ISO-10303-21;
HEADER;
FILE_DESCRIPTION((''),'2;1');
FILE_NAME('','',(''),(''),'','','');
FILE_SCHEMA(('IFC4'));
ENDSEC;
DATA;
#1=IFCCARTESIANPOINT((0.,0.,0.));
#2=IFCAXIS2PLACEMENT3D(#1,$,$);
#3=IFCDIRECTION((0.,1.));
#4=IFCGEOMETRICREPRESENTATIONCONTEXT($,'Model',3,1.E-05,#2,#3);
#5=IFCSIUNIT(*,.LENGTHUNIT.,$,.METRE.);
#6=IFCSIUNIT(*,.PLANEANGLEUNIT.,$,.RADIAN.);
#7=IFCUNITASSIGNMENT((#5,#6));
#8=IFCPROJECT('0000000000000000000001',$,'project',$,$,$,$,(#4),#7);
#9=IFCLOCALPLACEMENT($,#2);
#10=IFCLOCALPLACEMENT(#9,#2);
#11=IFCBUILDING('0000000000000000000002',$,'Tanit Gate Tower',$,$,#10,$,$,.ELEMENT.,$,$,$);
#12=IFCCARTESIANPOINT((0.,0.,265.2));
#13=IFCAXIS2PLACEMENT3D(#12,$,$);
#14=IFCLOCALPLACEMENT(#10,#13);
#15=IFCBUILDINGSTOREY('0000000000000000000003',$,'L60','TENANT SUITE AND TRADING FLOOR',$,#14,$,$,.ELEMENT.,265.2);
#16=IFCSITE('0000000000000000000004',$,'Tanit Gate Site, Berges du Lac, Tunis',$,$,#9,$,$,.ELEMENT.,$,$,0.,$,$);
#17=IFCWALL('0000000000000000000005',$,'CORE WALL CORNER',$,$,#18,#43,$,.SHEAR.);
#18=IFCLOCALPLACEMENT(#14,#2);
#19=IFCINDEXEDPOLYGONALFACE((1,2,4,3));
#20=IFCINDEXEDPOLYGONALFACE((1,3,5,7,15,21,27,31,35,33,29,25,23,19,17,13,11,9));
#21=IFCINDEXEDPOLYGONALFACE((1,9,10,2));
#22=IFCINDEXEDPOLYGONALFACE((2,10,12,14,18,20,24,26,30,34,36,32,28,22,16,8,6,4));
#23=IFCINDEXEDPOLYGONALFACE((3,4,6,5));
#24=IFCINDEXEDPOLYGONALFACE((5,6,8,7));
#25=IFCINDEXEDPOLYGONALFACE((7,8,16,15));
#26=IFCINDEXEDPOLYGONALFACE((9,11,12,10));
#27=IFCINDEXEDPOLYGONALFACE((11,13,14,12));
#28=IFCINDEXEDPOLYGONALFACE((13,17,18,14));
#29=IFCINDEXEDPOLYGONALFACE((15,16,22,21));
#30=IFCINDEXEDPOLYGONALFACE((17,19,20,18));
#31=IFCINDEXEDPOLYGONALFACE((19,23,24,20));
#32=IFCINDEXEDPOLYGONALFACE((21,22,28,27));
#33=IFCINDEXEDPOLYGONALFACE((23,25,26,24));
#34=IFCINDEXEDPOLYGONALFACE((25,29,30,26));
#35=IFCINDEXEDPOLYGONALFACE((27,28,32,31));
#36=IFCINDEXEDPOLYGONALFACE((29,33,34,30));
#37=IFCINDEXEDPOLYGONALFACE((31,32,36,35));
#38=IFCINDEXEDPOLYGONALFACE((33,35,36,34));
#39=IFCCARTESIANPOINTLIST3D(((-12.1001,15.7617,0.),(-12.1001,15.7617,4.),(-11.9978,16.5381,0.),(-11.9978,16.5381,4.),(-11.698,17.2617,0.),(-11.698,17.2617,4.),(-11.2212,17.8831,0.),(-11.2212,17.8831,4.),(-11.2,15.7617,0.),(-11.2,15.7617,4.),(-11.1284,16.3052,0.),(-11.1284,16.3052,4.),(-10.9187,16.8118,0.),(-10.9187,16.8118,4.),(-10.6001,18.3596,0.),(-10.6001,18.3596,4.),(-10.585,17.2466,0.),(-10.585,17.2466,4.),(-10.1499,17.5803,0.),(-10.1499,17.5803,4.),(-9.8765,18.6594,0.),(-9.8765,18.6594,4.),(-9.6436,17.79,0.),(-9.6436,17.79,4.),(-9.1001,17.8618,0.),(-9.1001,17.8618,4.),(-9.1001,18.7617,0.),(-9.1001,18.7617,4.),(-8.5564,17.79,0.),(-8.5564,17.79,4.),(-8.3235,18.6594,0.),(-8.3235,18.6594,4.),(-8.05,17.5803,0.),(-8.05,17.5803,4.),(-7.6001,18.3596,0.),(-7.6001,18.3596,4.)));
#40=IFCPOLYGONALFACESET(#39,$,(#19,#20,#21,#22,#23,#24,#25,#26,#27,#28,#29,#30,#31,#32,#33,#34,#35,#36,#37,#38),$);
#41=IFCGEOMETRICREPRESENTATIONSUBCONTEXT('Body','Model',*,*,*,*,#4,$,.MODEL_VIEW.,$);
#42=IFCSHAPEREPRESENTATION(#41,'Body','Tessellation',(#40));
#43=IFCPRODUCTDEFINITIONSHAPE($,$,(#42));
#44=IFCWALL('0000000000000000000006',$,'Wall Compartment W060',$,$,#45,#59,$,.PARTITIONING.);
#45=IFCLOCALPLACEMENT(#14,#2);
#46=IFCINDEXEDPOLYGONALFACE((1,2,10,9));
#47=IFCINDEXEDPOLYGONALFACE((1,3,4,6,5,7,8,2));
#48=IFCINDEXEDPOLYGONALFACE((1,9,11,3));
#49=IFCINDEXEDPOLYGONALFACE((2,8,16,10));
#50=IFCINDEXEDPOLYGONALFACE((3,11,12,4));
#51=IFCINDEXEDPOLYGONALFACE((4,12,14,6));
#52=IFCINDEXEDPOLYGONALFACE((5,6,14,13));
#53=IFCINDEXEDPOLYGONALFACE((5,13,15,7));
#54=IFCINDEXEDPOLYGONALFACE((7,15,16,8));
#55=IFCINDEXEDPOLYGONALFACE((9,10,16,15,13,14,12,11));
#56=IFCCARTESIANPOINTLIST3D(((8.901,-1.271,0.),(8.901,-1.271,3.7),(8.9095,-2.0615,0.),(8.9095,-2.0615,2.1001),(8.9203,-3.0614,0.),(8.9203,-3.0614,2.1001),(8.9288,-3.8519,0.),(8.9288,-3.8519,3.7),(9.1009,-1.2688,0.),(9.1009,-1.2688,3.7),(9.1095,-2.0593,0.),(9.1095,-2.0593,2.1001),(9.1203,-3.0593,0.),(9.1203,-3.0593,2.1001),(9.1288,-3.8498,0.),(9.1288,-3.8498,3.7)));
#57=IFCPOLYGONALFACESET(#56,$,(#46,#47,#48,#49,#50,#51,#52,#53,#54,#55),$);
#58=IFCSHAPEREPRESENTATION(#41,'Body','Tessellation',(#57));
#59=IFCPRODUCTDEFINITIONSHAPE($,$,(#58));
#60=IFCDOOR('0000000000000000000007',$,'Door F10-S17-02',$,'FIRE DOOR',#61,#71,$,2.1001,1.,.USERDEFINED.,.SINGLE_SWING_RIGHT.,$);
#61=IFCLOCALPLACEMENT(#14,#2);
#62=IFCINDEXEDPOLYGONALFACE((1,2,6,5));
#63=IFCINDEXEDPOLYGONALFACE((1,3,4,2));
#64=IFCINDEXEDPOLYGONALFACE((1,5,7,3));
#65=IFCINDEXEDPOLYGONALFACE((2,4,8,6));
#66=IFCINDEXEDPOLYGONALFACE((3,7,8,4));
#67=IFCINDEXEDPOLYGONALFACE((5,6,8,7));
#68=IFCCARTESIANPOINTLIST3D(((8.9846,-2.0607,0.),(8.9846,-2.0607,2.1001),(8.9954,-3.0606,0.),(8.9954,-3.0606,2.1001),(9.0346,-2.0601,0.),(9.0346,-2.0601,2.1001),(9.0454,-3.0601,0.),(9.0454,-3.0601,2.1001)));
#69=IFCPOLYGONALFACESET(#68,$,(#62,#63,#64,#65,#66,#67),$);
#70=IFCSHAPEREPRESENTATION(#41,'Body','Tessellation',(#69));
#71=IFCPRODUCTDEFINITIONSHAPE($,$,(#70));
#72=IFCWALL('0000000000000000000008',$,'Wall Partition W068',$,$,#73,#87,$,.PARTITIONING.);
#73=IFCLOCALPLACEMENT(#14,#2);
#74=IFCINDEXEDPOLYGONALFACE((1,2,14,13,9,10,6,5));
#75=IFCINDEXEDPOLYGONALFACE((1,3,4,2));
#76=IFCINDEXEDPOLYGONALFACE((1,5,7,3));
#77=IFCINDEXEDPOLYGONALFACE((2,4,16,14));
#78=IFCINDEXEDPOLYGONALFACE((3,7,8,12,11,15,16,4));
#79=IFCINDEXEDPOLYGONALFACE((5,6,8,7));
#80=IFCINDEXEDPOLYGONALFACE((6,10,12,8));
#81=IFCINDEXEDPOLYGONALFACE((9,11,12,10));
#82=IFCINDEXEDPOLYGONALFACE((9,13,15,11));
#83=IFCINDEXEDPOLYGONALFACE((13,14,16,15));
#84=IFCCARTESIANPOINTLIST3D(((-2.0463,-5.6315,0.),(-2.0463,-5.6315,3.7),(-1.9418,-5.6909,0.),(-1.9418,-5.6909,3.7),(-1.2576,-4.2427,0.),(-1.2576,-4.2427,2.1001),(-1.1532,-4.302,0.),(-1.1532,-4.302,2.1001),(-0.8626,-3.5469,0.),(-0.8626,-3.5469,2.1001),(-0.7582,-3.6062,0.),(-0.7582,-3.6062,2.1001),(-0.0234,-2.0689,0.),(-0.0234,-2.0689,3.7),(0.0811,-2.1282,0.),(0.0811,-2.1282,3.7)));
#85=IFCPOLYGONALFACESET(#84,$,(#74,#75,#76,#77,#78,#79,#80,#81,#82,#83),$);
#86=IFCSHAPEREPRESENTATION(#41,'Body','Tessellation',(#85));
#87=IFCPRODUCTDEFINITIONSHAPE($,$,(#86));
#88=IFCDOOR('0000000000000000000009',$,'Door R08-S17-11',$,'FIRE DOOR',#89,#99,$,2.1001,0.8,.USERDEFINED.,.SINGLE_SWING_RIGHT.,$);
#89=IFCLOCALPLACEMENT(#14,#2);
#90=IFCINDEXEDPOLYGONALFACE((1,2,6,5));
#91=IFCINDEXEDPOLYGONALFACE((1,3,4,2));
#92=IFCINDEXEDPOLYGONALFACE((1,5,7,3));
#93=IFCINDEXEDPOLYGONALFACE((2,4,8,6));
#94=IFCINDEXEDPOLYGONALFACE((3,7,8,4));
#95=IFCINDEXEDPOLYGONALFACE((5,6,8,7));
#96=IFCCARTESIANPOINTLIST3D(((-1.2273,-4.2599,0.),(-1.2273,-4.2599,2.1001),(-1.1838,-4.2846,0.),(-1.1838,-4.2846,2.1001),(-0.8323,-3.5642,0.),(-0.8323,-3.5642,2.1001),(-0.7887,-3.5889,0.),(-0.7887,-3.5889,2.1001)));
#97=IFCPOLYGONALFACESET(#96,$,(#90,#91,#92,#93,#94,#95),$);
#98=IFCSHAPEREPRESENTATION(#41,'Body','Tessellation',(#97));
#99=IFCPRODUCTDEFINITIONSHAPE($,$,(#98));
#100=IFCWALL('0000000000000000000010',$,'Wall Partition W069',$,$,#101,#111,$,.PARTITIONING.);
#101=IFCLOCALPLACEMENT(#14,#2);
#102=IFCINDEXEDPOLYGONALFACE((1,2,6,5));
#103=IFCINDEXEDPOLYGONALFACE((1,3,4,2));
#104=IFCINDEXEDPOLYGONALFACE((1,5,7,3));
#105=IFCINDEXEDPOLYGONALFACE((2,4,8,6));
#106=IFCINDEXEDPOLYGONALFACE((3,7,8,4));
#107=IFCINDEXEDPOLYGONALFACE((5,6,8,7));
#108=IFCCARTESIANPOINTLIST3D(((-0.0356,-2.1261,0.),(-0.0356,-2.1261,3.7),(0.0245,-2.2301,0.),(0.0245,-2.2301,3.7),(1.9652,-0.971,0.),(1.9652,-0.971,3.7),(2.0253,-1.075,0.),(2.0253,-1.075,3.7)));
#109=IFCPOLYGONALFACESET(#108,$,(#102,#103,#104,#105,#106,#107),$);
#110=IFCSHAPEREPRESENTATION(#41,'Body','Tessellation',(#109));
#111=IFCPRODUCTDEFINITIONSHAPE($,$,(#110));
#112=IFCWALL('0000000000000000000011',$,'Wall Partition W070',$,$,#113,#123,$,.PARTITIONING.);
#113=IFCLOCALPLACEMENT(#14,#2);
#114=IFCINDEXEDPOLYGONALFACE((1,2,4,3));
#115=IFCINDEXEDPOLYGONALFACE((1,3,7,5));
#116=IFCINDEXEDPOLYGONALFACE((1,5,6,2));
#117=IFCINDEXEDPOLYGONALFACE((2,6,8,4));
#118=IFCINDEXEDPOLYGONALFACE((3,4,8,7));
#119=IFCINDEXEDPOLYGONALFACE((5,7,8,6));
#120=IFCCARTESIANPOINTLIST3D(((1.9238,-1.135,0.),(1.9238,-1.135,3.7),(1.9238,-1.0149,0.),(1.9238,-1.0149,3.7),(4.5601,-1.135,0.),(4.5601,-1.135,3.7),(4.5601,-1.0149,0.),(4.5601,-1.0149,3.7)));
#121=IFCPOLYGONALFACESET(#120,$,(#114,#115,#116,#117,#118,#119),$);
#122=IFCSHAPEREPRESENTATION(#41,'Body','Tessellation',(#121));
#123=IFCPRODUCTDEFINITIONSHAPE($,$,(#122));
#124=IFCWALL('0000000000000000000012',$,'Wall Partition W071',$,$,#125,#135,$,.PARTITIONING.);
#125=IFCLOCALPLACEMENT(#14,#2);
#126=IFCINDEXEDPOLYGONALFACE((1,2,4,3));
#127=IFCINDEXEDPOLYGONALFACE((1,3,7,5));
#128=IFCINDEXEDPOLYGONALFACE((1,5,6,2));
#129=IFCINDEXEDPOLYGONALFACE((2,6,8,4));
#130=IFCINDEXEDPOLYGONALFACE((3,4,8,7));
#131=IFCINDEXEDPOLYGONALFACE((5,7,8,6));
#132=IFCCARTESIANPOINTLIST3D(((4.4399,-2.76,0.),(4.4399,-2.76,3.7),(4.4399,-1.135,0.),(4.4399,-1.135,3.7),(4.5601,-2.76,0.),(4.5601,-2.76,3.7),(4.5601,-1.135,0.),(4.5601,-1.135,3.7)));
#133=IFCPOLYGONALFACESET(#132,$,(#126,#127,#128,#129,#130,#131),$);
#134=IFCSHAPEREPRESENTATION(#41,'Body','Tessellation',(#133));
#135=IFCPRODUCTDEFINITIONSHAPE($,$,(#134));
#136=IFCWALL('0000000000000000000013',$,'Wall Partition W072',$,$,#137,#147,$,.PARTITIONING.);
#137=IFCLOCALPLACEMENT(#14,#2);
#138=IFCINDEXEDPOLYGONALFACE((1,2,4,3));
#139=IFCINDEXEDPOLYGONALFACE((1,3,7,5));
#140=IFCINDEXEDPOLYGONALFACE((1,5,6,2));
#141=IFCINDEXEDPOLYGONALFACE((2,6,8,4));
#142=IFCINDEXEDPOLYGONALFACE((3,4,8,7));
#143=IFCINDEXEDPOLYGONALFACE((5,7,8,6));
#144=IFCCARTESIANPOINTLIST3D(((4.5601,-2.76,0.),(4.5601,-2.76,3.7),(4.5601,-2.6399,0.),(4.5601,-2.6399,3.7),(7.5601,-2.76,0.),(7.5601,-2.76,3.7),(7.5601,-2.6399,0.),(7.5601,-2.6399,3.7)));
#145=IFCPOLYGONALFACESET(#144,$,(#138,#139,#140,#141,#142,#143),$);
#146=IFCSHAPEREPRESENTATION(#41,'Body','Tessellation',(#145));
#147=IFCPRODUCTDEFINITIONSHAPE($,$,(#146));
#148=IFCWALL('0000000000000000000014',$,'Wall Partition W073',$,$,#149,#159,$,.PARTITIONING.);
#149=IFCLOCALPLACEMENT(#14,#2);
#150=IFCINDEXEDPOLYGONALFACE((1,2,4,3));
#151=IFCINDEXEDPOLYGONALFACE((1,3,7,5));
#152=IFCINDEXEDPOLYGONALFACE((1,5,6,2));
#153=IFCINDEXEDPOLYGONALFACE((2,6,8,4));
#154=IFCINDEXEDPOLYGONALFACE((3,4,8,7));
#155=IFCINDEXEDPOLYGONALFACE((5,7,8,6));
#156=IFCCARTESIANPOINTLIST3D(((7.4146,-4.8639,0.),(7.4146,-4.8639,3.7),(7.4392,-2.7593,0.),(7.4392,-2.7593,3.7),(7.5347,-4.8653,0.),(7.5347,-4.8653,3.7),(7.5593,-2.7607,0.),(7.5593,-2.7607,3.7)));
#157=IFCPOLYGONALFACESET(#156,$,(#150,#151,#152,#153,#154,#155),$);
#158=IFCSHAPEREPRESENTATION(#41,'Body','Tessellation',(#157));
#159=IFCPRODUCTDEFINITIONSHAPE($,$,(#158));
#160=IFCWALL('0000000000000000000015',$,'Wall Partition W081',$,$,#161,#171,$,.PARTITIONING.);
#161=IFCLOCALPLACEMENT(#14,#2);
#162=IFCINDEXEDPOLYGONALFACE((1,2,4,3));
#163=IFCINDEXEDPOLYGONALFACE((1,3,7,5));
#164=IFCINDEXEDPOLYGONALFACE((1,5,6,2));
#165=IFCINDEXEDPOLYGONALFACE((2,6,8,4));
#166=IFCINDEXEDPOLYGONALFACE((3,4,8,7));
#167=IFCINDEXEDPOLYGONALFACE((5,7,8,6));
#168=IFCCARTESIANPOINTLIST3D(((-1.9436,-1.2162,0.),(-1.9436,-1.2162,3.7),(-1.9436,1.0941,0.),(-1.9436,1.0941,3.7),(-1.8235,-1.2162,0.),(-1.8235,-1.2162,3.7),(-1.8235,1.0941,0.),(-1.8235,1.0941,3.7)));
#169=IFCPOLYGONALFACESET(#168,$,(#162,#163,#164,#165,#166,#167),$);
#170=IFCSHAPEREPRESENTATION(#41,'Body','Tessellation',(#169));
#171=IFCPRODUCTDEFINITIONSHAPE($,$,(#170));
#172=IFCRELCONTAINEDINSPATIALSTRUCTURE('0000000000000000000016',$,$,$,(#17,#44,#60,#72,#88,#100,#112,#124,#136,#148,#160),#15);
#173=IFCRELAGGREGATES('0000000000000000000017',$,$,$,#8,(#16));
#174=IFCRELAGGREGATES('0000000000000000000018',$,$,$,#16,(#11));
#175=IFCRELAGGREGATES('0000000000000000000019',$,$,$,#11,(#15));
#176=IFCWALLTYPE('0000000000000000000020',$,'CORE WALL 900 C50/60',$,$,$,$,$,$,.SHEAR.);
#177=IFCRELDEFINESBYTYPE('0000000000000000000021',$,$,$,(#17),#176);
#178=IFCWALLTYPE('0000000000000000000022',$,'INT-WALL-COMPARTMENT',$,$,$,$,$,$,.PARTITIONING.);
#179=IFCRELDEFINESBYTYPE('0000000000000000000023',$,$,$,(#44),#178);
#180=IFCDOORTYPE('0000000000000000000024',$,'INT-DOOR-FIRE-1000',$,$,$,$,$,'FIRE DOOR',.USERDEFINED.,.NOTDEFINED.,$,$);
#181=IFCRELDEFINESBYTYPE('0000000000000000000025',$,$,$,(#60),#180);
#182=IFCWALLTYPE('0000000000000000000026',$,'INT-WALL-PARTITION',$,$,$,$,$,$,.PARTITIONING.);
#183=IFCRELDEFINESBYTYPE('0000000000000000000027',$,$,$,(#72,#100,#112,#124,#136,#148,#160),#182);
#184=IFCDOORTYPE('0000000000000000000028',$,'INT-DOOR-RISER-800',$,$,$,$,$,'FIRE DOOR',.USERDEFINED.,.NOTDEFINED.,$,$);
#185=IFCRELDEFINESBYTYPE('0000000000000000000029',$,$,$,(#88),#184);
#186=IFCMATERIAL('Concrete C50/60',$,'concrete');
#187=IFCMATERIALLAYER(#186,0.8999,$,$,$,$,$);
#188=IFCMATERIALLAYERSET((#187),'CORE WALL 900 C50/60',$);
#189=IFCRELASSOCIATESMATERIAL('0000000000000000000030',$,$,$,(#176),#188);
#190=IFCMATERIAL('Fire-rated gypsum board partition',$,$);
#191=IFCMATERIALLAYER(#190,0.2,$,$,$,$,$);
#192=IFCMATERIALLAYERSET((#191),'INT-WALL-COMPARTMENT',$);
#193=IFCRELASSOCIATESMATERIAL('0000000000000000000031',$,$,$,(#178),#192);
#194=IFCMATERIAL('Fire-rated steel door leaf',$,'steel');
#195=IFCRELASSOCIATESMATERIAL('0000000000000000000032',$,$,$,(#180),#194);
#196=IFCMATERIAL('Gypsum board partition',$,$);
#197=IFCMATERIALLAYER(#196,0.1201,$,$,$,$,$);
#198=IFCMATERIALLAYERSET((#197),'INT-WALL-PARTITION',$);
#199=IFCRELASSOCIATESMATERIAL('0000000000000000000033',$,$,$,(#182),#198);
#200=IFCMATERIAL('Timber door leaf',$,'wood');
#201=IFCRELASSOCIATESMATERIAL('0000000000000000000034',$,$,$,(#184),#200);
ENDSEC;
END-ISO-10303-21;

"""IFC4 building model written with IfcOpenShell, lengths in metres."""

from ifc_helpers import new_model, si_unit, direction, frame, frame_2d, origin, place, context, subcontext, project, spatial, polyline, rectangle, outline, extrude, material, layer, layer_set, type_object, element, fill, save


model = new_model("IFC4")

# Units and contexts
model_context = context("Model", 3, precision=1e-05, world=origin(), true_north=direction((0.0, 1.0)))
body_context = subcontext(model_context, "Body", "Model", "MODEL_VIEW")
ifc_project = project(units=[si_unit("LENGTHUNIT", "METRE"), si_unit("PLANEANGLEUNIT", "RADIAN")], contexts=[model_context])

# Site, building, storey
site_placement = place(None, origin())
site = spatial("IfcSite", under=ifc_project, at=site_placement, Name="Tanit Gate Site, Berges du Lac, Tunis", CompositionType="ELEMENT", RefElevation=0.0)
building_placement = place(site_placement, origin())
building = spatial("IfcBuilding", under=site, at=building_placement, Name="Tanit Gate Tower", CompositionType="ELEMENT")
storey_placement = place(building_placement, frame((0.0, 0.0, 265.2)))
storey = spatial("IfcBuildingStorey", under=building, at=storey_placement, Name="L60", Description="TENANT SUITE AND TRADING FLOOR", CompositionType="ELEMENT", Elevation=265.2)

# Wall
ifc_material_1 = material(Name="Concrete C50/60", Category="concrete")
ifc_layer_1 = layer(ifc_material_1, 0.8999)
ifc_layer_set_1 = layer_set([ifc_layer_1], Name="CORE WALL 900 C50/60")
wall_type_1 = type_object("IfcWallType", Name="CORE WALL 900 C50/60", PredefinedType="SHEAR", material=ifc_layer_set_1)
wall_1_placement = place(storey_placement, origin())
element("IfcWall", 1, at=wall_1_placement, inside=storey, type_object=wall_type_1, Name="CORE WALL CORNER", PredefinedType="SHEAR", context=body_context, shape_type="SweptSolid", body=[
    extrude(outline(polyline([(-7.6001, 18.3596), (-8.3235, 18.6594), (-9.1001, 18.7617), (-9.8765, 18.6594), (-10.6001, 18.3596), (-11.2212, 17.8831), (-11.698, 17.2617), (-11.9978, 16.5381), (-12.1001, 15.7617), (-11.2, 15.7617), (-11.1284, 16.3052), (-10.9187, 16.8118), (-10.585, 17.2466), (-10.1499, 17.5803), (-9.6436, 17.79), (-9.1001, 17.8618), (-8.5564, 17.79), (-8.05, 17.5803), (-7.6001, 18.3596)])), origin(), (0.0, 0.0, 1.0), 4.0),
])

# Walls, openings, doors
ifc_material_2 = material(Name="Fire-rated gypsum board partition")
ifc_layer_2 = layer(ifc_material_2, 0.2)
ifc_layer_set_2 = layer_set([ifc_layer_2], Name="INT-WALL-COMPARTMENT")
wall_type_2 = type_object("IfcWallType", Name="INT-WALL-COMPARTMENT", PredefinedType="PARTITIONING", material=ifc_layer_set_2)
wall_2_placement = place(storey_placement, frame((9.0288, -3.8508, 0.0), z_axis=(0.0, 0.0, 1.0), x_axis=(-0.010784, 0.999942, 0.0)))
wall_2 = element("IfcWall", 2, at=wall_2_placement, inside=storey, type_object=wall_type_2, Name="Wall Compartment W060", PredefinedType="PARTITIONING", context=body_context, shape_type="SweptSolid", body=[
    extrude(rectangle(XDim=2.5811, YDim=0.2, at=frame_2d((1.2905, 0.0))), origin(), (0.0, 0.0, 1.0), 3.7),
])
opening_1_placement = place(wall_2_placement, frame((0.7905, 0.0, 0.0)))
opening_1 = element("IfcOpeningElement", 3, at=opening_1_placement, cuts=wall_2, PredefinedType="OPENING", context=body_context, shape_type="SweptSolid", body=[
    extrude(rectangle(XDim=1.0, YDim=2.1001, at=frame_2d((0.5, 1.05))), frame((0.0, 0.1099, 0.0), z_axis=(0.0, -1.0, 0.0), x_axis=(1.0, 0.0, 0.0)), (0.0, 0.0, 1.0), 0.22),
])
ifc_material_3 = material(Name="Fire-rated steel door leaf", Category="steel")
door_type_1 = type_object("IfcDoorType", Name="INT-DOOR-FIRE-1000", ElementType="FIRE DOOR", OperationType="NOTDEFINED", PredefinedType="USERDEFINED", material=ifc_material_3)
door_1_placement = place(opening_1_placement, origin())
door_1 = element("IfcDoor", 4, at=door_1_placement, inside=storey, type_object=door_type_1, Name="Door F10-S17-02", ObjectType="FIRE DOOR", OperationType="SINGLE_SWING_RIGHT", OverallHeight=2.1001, OverallWidth=1.0, PredefinedType="USERDEFINED", context=body_context, shape_type="SweptSolid", body=[
    extrude(rectangle(XDim=1.0, YDim=2.1001, at=frame_2d((0.5, 1.05))), frame((0.0, 0.0249, 0.0), z_axis=(0.0, -1.0, 0.0), x_axis=(1.0, 0.0, 0.0)), (0.0, 0.0, 1.0), 0.05),
])
fill(opening_1, door_1)
ifc_material_4 = material(Name="Gypsum board partition")
ifc_layer_3 = layer(ifc_material_4, 0.1201)
ifc_layer_set_3 = layer_set([ifc_layer_3], Name="INT-WALL-PARTITION")
wall_type_3 = type_object("IfcWallType", Name="INT-WALL-PARTITION", PredefinedType="PARTITIONING", material=ifc_layer_set_3)
wall_3_placement = place(storey_placement, frame((0.0288, -2.0986, 0.0), z_axis=(0.0, 0.0, 1.0), x_axis=(-0.493763, -0.869597, 0.0)))
wall_3 = element("IfcWall", 5, at=wall_3_placement, inside=storey, type_object=wall_type_3, Name="Wall Partition W068", PredefinedType="PARTITIONING", context=body_context, shape_type="SweptSolid", body=[
    extrude(rectangle(XDim=4.0969, YDim=0.1201, at=frame_2d((2.0483, 0.0))), origin(), (0.0, 0.0, 1.0), 3.7),
])
opening_2_placement = place(wall_3_placement, frame((1.6997, 0.0, 0.0)))
opening_2 = element("IfcOpeningElement", 6, at=opening_2_placement, cuts=wall_3, PredefinedType="OPENING", context=body_context, shape_type="SweptSolid", body=[
    extrude(rectangle(XDim=0.8, YDim=2.1001, at=frame_2d((0.3999, 1.05))), frame((0.0, 0.0701, 0.0), z_axis=(0.0, -1.0, 0.0), x_axis=(1.0, 0.0, 0.0)), (0.0, 0.0, 1.0), 0.1401),
])
ifc_material_5 = material(Name="Timber door leaf", Category="wood")
door_type_2 = type_object("IfcDoorType", Name="INT-DOOR-RISER-800", ElementType="FIRE DOOR", OperationType="NOTDEFINED", PredefinedType="USERDEFINED", material=ifc_material_5)
door_2_placement = place(opening_2_placement, origin())
door_2 = element("IfcDoor", 7, at=door_2_placement, inside=storey, type_object=door_type_2, Name="Door R08-S17-11", ObjectType="FIRE DOOR", OperationType="SINGLE_SWING_RIGHT", OverallHeight=2.1001, OverallWidth=0.8, PredefinedType="USERDEFINED", context=body_context, shape_type="SweptSolid", body=[
    extrude(rectangle(XDim=0.8, YDim=2.1001, at=frame_2d((0.3999, 1.05))), frame((0.0, 0.0249, 0.0), z_axis=(0.0, -1.0, 0.0), x_axis=(1.0, 0.0, 0.0)), (0.0, 0.0, 1.0), 0.05),
])
fill(opening_2, door_2)

# Walls
wall_4_placement = place(storey_placement, frame((1.9954, -1.0229, 0.0), z_axis=(0.0, 0.0, 1.0), x_axis=(-0.866043, -0.499969, 0.0)))
element("IfcWall", 8, at=wall_4_placement, inside=storey, type_object=wall_type_3, Name="Wall Partition W069", PredefinedType="PARTITIONING", context=body_context, shape_type="SweptSolid", body=[
    extrude(rectangle(XDim=2.3103, YDim=0.1201, at=frame_2d((1.1553, 0.0))), origin(), (0.0, 0.0, 1.0), 3.7),
])
wall_5_placement = place(storey_placement, frame((4.5601, -1.075, 0.0), z_axis=(0.0, 0.0, 1.0), x_axis=(-1.0, 0.0, 0.0)))
element("IfcWall", 9, at=wall_5_placement, inside=storey, type_object=wall_type_3, Name="Wall Partition W070", PredefinedType="PARTITIONING", context=body_context, shape_type="SweptSolid", body=[
    extrude(rectangle(XDim=2.6362, YDim=0.1201, at=frame_2d((1.3181, 0.0))), origin(), (0.0, 0.0, 1.0), 3.7),
])
wall_6_placement = place(storey_placement, frame((4.5, -2.76, 0.0), z_axis=(0.0, 0.0, 1.0), x_axis=(0.0, 1.0, 0.0)))
element("IfcWall", 10, at=wall_6_placement, inside=storey, type_object=wall_type_3, Name="Wall Partition W071", PredefinedType="PARTITIONING", context=body_context, shape_type="SweptSolid", body=[
    extrude(rectangle(XDim=1.625, YDim=0.1201, at=frame_2d((0.8125, 0.0))), origin(), (0.0, 0.0, 1.0), 3.7),
])
wall_7_placement = place(storey_placement, frame((7.5601, -2.7, 0.0), z_axis=(0.0, 0.0, 1.0), x_axis=(-1.0, 0.0, 0.0)))
element("IfcWall", 11, at=wall_7_placement, inside=storey, type_object=wall_type_3, Name="Wall Partition W072", PredefinedType="PARTITIONING", context=body_context, shape_type="SweptSolid", body=[
    extrude(rectangle(XDim=3.0, YDim=0.1201, at=frame_2d((1.5, 0.0))), origin(), (0.0, 0.0, 1.0), 3.7),
])
wall_8_placement = place(storey_placement, frame((7.4746, -4.8645, 0.0), z_axis=(0.0, 0.0, 1.0), x_axis=(0.011716, 0.999931, 0.0)))
element("IfcWall", 12, at=wall_8_placement, inside=storey, type_object=wall_type_3, Name="Wall Partition W073", PredefinedType="PARTITIONING", context=body_context, shape_type="SweptSolid", body=[
    extrude(rectangle(XDim=2.1047, YDim=0.1201, at=frame_2d((1.0522, 0.0))), origin(), (0.0, 0.0, 1.0), 3.7),
])
wall_9_placement = place(storey_placement, frame((-1.8835, -1.2163, 0.0), z_axis=(0.0, 0.0, 1.0), x_axis=(0.0, 1.0, 0.0)))
element("IfcWall", 13, at=wall_9_placement, inside=storey, type_object=wall_type_3, Name="Wall Partition W081", PredefinedType="PARTITIONING", context=body_context, shape_type="SweptSolid", body=[
    extrude(rectangle(XDim=2.3103, YDim=0.1201, at=frame_2d((1.1553, 0.0))), origin(), (0.0, 0.0, 1.0), 3.7),
])

save(model, "model.ifc")
